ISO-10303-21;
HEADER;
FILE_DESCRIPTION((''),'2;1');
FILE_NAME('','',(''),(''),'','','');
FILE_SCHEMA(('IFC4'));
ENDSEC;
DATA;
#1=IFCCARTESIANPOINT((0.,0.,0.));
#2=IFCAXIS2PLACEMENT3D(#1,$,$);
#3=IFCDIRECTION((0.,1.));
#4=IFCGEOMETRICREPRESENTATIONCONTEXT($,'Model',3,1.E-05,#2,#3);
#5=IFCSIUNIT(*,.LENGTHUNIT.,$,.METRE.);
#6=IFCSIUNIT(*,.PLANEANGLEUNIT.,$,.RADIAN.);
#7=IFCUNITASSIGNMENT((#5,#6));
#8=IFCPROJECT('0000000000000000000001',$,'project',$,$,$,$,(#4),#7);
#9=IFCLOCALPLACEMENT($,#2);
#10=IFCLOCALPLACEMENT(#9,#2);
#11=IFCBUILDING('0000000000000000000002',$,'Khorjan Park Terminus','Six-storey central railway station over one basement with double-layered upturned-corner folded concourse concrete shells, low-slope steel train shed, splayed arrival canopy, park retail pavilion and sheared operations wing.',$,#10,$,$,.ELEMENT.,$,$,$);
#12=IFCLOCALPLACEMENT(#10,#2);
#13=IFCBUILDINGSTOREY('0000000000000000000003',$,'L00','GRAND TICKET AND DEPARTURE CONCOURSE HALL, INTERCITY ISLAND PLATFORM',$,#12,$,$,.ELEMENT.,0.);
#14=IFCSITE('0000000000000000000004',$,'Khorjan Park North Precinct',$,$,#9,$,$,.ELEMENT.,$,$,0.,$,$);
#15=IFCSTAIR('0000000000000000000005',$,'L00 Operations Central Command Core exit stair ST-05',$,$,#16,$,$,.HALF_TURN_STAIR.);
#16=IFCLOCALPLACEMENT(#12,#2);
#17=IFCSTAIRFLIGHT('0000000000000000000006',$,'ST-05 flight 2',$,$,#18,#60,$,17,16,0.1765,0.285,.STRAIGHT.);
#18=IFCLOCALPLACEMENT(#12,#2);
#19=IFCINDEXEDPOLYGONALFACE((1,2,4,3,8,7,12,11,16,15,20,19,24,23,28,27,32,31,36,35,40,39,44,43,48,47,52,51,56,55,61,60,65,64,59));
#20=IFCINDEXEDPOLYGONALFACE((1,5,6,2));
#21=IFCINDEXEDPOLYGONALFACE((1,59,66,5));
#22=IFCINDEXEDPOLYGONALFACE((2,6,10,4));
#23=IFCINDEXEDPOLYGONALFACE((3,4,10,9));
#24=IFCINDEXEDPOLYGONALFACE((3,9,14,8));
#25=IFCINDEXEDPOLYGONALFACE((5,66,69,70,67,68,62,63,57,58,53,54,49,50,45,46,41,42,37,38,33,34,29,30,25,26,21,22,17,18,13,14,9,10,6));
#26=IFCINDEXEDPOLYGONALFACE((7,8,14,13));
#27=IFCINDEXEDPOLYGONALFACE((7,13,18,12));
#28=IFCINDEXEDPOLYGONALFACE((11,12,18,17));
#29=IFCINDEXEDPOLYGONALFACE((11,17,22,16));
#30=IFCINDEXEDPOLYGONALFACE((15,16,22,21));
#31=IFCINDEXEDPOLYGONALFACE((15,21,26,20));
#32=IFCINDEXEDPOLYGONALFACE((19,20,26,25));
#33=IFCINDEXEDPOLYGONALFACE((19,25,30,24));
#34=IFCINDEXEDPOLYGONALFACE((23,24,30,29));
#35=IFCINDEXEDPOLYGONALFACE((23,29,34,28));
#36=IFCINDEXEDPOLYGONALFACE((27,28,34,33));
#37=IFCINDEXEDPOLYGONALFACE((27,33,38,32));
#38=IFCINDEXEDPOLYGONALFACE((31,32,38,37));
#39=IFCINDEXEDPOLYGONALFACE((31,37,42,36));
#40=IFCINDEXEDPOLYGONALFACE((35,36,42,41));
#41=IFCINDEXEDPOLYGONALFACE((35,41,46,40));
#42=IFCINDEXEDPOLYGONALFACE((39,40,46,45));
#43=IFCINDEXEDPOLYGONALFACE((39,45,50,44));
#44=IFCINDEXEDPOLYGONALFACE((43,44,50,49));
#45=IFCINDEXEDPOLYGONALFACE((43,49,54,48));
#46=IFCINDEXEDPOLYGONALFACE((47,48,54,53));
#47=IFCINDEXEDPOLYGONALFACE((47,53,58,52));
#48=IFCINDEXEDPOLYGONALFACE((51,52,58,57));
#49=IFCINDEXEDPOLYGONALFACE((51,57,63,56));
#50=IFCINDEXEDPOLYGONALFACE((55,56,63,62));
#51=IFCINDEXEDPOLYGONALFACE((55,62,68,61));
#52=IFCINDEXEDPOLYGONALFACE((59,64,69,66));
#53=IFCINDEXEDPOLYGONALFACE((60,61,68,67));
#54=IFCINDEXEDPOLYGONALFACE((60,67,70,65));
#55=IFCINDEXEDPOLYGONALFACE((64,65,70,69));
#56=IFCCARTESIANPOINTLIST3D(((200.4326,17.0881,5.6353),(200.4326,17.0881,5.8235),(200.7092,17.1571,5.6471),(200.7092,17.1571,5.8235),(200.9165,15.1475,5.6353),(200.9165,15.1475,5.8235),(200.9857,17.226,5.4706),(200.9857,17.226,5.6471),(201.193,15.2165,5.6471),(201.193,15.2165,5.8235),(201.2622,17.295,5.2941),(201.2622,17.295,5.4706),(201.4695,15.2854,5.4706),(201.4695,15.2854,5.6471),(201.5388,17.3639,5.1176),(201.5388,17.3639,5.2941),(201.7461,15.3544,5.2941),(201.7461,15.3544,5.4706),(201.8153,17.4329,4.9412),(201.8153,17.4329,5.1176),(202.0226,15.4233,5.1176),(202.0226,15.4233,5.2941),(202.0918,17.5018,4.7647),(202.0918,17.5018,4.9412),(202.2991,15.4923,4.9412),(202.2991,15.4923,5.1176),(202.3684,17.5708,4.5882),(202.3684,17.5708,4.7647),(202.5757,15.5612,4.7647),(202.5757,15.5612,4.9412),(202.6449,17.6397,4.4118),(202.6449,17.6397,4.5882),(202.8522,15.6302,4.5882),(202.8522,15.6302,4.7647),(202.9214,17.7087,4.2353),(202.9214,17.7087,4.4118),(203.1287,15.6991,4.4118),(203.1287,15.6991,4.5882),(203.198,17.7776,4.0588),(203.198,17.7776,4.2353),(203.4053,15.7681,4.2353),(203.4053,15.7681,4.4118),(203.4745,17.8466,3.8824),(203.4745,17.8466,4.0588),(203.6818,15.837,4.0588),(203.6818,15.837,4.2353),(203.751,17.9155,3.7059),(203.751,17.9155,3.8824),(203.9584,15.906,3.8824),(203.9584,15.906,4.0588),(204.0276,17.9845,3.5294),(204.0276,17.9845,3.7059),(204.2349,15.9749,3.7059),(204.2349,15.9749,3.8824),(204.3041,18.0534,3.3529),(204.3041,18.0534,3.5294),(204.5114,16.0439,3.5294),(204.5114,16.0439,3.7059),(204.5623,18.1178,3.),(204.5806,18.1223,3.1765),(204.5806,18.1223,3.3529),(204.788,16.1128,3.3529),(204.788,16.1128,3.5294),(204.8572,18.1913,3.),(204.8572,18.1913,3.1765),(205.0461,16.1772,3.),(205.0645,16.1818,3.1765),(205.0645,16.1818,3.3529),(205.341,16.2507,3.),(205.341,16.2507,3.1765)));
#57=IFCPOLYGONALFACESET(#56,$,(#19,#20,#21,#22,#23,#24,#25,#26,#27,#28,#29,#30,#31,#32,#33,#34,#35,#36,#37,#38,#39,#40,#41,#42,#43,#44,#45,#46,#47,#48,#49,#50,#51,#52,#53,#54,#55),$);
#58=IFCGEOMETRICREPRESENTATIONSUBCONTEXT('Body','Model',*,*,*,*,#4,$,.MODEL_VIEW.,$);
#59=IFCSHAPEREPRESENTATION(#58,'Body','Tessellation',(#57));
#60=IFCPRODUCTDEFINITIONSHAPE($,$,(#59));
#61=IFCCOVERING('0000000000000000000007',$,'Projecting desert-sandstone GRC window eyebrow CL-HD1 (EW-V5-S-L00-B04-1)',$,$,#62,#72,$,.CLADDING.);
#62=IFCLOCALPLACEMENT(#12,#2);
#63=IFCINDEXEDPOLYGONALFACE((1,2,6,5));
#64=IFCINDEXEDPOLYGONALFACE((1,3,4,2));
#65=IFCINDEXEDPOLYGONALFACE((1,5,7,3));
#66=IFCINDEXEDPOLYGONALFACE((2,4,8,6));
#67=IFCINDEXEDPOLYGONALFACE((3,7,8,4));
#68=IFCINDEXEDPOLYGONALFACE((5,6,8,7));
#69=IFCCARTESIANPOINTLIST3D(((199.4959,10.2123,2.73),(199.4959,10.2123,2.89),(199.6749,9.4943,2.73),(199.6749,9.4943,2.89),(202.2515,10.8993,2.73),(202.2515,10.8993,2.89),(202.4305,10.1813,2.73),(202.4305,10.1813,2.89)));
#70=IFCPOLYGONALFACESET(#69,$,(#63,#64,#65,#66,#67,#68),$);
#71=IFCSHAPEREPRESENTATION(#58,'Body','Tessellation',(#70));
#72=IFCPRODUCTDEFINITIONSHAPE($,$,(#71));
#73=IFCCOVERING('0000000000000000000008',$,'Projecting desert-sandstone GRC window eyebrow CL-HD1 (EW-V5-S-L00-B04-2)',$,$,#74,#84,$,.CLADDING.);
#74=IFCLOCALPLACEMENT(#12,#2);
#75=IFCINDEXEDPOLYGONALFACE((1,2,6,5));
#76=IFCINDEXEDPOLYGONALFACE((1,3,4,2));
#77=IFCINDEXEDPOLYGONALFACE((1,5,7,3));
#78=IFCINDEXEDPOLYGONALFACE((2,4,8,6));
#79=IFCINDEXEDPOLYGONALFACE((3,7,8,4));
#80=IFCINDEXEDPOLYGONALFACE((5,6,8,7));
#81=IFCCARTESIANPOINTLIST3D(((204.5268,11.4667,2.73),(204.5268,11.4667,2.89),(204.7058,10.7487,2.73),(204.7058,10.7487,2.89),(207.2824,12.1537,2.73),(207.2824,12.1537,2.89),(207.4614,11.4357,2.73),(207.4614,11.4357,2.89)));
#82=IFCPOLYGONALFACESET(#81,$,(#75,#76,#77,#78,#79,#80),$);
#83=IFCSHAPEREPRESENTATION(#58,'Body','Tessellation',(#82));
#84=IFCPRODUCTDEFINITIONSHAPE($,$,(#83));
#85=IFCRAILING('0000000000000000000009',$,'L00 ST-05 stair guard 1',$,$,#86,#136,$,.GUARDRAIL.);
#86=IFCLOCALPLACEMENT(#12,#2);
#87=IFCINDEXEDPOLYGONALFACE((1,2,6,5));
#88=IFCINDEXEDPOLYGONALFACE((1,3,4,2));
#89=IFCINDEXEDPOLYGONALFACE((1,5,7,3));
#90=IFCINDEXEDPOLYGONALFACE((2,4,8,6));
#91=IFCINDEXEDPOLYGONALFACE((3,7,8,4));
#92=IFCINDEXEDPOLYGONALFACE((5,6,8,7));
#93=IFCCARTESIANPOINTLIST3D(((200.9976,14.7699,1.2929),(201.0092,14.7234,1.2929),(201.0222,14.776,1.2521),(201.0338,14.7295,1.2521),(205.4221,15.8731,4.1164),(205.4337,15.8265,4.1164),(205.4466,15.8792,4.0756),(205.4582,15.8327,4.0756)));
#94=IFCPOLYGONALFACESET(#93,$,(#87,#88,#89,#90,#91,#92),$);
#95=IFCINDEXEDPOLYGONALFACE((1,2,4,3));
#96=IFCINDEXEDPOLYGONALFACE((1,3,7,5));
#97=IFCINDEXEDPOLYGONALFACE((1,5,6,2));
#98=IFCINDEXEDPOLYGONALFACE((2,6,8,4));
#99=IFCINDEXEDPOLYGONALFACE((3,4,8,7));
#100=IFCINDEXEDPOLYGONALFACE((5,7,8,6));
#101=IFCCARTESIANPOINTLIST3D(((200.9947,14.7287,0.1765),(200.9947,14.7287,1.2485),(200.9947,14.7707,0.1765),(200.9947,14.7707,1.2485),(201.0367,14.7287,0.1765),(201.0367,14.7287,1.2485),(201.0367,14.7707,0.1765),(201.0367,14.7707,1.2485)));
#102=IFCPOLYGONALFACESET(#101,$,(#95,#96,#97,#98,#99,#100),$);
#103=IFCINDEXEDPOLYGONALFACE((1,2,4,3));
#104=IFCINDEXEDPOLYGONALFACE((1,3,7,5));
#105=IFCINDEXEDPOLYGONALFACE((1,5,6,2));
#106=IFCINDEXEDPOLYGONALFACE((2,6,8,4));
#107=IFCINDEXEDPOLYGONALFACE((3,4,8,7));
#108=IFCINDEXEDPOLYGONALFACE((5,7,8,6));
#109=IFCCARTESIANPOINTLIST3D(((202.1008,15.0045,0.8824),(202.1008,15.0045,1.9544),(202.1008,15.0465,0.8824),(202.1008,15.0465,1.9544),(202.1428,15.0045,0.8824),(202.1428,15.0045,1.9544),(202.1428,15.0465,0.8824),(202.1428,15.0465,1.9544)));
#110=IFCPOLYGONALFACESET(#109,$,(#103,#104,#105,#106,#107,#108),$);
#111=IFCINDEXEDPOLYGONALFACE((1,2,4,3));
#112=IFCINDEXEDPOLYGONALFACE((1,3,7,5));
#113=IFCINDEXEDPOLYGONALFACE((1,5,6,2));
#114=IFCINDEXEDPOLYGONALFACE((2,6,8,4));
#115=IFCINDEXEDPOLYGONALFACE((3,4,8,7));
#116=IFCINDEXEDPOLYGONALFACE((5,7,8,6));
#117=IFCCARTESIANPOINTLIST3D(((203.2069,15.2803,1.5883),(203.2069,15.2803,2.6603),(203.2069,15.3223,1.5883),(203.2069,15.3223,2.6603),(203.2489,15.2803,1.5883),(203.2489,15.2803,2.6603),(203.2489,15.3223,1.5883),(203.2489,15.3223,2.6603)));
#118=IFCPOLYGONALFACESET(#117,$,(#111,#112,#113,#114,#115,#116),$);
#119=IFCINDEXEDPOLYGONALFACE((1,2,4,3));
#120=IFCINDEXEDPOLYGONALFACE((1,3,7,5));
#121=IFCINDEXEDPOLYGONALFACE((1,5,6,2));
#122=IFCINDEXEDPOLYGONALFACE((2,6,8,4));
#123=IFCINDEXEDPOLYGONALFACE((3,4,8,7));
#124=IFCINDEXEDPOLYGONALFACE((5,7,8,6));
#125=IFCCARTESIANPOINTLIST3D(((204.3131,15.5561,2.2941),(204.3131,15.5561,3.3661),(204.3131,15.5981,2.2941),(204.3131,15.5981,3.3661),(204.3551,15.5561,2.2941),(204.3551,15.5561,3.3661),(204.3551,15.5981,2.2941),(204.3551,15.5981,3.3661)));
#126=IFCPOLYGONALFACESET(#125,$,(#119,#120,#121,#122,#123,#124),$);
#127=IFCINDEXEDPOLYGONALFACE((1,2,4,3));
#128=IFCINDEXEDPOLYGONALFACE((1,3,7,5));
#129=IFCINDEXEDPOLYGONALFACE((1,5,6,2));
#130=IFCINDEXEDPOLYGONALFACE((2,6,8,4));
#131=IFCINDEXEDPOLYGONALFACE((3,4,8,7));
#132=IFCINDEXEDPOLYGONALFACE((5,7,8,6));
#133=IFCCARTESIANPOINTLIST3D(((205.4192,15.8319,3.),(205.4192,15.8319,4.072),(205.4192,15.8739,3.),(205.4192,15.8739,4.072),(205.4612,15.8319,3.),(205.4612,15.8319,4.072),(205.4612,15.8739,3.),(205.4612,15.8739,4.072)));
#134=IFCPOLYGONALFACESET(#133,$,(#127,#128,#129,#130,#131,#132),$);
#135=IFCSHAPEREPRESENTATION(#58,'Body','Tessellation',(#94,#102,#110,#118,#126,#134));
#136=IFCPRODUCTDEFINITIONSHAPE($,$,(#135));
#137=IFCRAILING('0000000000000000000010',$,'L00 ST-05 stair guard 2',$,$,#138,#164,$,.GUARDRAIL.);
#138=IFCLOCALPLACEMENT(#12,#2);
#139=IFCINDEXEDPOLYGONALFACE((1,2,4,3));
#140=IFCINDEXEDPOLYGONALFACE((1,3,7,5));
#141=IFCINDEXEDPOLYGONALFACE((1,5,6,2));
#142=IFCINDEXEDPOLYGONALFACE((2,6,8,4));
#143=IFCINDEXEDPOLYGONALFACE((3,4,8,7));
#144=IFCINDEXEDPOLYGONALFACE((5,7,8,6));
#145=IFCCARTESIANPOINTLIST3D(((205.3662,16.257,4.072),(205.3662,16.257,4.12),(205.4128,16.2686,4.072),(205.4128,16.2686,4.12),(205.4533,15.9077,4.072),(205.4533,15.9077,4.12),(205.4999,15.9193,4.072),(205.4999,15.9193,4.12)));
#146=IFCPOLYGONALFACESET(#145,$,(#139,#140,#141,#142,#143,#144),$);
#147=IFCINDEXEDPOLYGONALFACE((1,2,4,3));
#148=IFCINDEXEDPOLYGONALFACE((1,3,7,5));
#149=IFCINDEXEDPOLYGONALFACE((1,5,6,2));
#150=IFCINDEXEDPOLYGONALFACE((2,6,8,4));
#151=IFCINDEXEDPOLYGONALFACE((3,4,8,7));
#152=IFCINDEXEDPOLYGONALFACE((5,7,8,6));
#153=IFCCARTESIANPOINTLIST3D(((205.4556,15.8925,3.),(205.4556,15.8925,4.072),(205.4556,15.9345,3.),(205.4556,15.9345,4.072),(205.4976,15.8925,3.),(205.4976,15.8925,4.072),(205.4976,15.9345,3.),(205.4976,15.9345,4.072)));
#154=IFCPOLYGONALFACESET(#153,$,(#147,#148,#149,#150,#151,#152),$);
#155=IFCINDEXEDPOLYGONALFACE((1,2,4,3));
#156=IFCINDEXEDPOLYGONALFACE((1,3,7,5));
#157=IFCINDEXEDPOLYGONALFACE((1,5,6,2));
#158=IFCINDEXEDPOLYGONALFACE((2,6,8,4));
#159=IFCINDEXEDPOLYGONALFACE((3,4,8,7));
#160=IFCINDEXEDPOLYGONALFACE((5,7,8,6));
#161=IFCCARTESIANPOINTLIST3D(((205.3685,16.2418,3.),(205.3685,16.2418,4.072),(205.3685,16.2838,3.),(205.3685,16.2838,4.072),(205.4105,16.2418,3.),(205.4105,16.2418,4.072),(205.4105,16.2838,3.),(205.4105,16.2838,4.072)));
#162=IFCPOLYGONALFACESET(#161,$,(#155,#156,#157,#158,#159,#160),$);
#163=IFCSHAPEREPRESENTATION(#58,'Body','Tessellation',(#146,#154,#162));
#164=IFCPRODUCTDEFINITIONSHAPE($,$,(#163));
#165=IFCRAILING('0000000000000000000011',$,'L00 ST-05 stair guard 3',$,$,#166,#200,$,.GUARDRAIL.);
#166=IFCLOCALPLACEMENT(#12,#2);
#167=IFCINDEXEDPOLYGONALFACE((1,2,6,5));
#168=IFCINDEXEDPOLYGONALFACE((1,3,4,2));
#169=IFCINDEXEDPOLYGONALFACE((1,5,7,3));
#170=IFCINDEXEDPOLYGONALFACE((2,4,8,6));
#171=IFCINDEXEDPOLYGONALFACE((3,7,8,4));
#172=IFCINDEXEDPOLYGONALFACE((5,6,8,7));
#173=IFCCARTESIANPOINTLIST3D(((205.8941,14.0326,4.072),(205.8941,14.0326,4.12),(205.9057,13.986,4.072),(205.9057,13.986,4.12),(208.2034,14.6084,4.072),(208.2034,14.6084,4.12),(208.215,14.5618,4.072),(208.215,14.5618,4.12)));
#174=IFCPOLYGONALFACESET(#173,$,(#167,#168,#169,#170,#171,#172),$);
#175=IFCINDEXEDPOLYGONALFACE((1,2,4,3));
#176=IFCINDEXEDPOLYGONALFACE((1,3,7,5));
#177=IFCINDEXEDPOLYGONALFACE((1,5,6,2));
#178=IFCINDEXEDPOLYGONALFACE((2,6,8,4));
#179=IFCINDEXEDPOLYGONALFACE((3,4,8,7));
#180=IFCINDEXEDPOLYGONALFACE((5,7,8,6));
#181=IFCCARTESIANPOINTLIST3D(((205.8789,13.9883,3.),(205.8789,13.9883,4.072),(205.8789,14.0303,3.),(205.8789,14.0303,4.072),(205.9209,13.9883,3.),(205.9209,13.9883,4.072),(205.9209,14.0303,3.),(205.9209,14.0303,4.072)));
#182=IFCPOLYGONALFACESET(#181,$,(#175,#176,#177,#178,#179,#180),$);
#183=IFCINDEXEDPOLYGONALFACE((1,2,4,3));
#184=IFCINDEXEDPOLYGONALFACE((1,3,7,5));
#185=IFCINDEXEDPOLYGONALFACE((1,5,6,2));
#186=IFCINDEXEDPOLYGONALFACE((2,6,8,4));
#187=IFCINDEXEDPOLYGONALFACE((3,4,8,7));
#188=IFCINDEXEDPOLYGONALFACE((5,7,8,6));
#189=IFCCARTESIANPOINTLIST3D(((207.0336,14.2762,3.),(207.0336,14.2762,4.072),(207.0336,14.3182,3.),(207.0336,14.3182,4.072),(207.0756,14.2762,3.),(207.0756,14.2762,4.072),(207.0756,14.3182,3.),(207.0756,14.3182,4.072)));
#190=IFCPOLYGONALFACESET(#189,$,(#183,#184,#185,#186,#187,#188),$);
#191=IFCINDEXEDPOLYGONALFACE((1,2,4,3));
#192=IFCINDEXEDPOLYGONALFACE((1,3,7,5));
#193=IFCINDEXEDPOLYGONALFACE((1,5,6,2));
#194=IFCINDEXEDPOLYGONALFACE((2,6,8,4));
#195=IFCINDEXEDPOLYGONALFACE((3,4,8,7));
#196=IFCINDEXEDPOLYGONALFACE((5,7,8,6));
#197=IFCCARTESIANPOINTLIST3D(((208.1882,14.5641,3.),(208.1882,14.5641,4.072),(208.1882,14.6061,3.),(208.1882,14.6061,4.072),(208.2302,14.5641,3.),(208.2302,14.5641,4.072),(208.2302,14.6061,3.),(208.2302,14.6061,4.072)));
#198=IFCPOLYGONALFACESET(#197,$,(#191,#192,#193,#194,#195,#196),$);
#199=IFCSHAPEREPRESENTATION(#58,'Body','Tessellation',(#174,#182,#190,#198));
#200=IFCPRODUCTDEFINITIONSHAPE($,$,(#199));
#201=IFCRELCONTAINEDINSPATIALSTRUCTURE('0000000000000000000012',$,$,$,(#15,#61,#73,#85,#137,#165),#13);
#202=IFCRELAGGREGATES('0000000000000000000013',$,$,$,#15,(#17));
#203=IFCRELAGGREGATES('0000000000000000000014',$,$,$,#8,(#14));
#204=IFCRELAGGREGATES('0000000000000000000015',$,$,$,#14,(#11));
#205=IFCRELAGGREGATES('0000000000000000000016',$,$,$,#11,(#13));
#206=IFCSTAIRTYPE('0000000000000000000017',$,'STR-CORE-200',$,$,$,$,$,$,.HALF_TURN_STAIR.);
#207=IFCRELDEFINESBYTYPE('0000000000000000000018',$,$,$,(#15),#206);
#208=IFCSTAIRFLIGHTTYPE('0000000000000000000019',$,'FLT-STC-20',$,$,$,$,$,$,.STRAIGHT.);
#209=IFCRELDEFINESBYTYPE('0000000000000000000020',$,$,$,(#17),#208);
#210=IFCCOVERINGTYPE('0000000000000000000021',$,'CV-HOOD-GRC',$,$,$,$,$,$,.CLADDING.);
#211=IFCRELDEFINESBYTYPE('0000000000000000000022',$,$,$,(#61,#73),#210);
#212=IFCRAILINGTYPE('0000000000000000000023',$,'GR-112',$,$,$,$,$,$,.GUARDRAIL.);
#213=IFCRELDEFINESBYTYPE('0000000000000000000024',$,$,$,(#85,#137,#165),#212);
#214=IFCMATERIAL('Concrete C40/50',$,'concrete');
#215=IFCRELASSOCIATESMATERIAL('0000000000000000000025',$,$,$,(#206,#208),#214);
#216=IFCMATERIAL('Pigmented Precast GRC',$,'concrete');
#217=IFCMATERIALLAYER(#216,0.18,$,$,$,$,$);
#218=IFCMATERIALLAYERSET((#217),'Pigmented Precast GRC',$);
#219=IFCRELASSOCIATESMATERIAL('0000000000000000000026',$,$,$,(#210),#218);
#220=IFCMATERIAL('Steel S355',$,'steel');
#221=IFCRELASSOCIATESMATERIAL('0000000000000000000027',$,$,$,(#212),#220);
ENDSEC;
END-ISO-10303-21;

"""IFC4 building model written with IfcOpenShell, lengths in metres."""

from ifc_helpers import new_model, si_unit, direction, frame, origin, origin_2d, place, context, subcontext, project, spatial, polyline, rectangle, outline, extrude, material, layer, layer_set, type_object, element, aggregate, save


model = new_model("IFC4")

# Units and contexts
model_context = context("Model", 3, precision=1e-05, world=origin(), true_north=direction((0.0, 1.0)))
body_context = subcontext(model_context, "Body", "Model", "MODEL_VIEW")
ifc_project = project(units=[si_unit("LENGTHUNIT", "METRE"), si_unit("PLANEANGLEUNIT", "RADIAN")], contexts=[model_context])

# Site, building, storey
site_placement = place(None, origin())
site = spatial("IfcSite", under=ifc_project, at=site_placement, Name="Khorjan Park North Precinct", CompositionType="ELEMENT", RefElevation=0.0)
building_placement = place(site_placement, origin())
building = spatial("IfcBuilding", under=site, at=building_placement, Name="Khorjan Park Terminus", Description="Six-storey central railway station over one basement with double-layered upturned-corner folded concourse concrete shells, low-slope steel train shed, splayed arrival canopy, park retail pavilion and sheared operations wing.", CompositionType="ELEMENT")
storey_placement = place(building_placement, origin())
storey = spatial("IfcBuildingStorey", under=building, at=storey_placement, Name="L00", Description="GRAND TICKET AND DEPARTURE CONCOURSE HALL, INTERCITY ISLAND PLATFORM", CompositionType="ELEMENT", Elevation=0.0)

# Shared definitions
ifc_material_1 = material(Name="Steel S355", Category="steel")

# Shared definitions
ifc_material_2 = material(Name="Concrete C40/50", Category="concrete")

# Stair, stair flight
stair_type = type_object("IfcStairType", Name="STR-CORE-200", PredefinedType="HALF_TURN_STAIR", material=ifc_material_2)
stair_placement = place(storey_placement, origin())
stair = element("IfcStair", 1, at=stair_placement, inside=storey, type_object=stair_type, Name="L00 Operations Central Command Core exit stair ST-05", PredefinedType="HALF_TURN_STAIR")
stair_flight_type = type_object("IfcStairFlightType", Name="FLT-STC-20", PredefinedType="STRAIGHT", material=ifc_material_2)
stair_flight_1_placement = place(storey_placement, frame((205.0991, 17.221, 3.0), z_axis=(0.0, 0.0, 1.0), x_axis=(-0.970296, -0.241922, 0.0)))
stair_flight_1 = element("IfcStairFlight", 2, at=stair_flight_1_placement, type_object=stair_flight_type, Name="ST-05 flight 2", NumberOfRisers=17, NumberOfTreads=16, PredefinedType="STRAIGHT", RiserHeight=0.1765, TreadLength=0.285, context=body_context, shape_type="SweptSolid", body=[
    extrude(outline(polyline([(0.0, 0.0), (0.0, 0.1765), (0.285, 0.1765), (0.285, 0.3529), (0.57, 0.3529), (0.57, 0.5294), (0.855, 0.5294), (0.855, 0.7059), (1.14, 0.7059), (1.14, 0.8824), (1.425, 0.8824), (1.425, 1.0588), (1.71, 1.0588), (1.71, 1.2353), (1.995, 1.2353), (1.995, 1.4118), (2.28, 1.4118), (2.28, 1.5882), (2.565, 1.5882), (2.565, 1.7647), (2.85, 1.7647), (2.85, 1.9412), (3.135, 1.9412), (3.135, 2.1176), (3.42, 2.1176), (3.42, 2.2941), (3.705, 2.2941), (3.705, 2.4706), (3.99, 2.4706), (3.99, 2.6471), (4.275, 2.6471), (4.275, 2.8235), (4.56, 2.8235), (4.56, 3.0), (4.56, 2.6353), (0.3039, 0.0), (0.0, 0.0)])), frame((0.0, 1.0, 0.0), z_axis=(0.0, -1.0, 0.0), x_axis=(1.0, 0.0, 0.0)), (0.0, 0.0, 1.0), 2.0),
])
aggregate(stair, [stair_flight_1])

# Coverings
ifc_material_3 = material(Name="Pigmented Precast GRC", Category="concrete")
ifc_layer_1 = layer(ifc_material_3, 0.18)
ifc_layer_set_1 = layer_set([ifc_layer_1], Name="Pigmented Precast GRC")
covering_type = type_object("IfcCoveringType", Name="CV-HOOD-GRC", PredefinedType="CLADDING", material=ifc_layer_set_1)
for number, where, z_axis, x_axis, name in (
    (3, (200.9632, 10.1968, 2.73), (0.0, 0.0, 1.0), (0.970294, 0.24193, 0.0), "Projecting desert-sandstone GRC window eyebrow CL-HD1 (EW-V5-S-L00-B04-1)"),
    (4, (205.9941, 11.4512, 2.73), (0.0, 0.0, 1.0), (0.970294, 0.24193, 0.0), "Projecting desert-sandstone GRC window eyebrow CL-HD1 (EW-V5-S-L00-B04-2)"),
):
    element("IfcCovering", number, at=place(storey_placement, frame(where, z_axis=z_axis, x_axis=x_axis)), inside=storey, type_object=covering_type, Name=name, PredefinedType="CLADDING", context=body_context, shape_type="SweptSolid", body=[
        extrude(rectangle(XDim=2.84, YDim=0.74, at=origin_2d()), origin(), (0.0, 0.0, 1.0), 0.16),
    ])

# Railings
railing_type_1 = type_object("IfcRailingType", Name="GR-112", PredefinedType="GUARDRAIL", material=ifc_material_1)
railing_1_placement = place(storey_placement, frame((201.0157, 14.7497, 0.1765)))
element("IfcRailing", 5, at=railing_1_placement, inside=storey, type_object=railing_type_1, Name="L00 ST-05 stair guard 1", PredefinedType="GUARDRAIL", context=body_context, shape_type="SweptSolid", body=[
    extrude(rectangle(XDim=0.048, YDim=0.048, at=origin_2d()), frame((0.0, 0.0, 1.096), z_axis=(0.824953, 0.205693, 0.526444), x_axis=(-0.241932, 0.970293, 0.0)), (0.0, 0.0, 1.0), 5.3633),
    extrude(rectangle(XDim=0.042, YDim=0.042, at=origin_2d()), origin(), (0.0, 0.0, 1.0), 1.072),
    extrude(rectangle(XDim=0.042, YDim=0.042, at=origin_2d()), frame((1.1061, 0.2758, 0.7059)), (0.0, 0.0, 1.0), 1.072),
    extrude(rectangle(XDim=0.042, YDim=0.042, at=origin_2d()), frame((2.2122, 0.5516, 1.4118)), (0.0, 0.0, 1.0), 1.072),
    extrude(rectangle(XDim=0.042, YDim=0.042, at=origin_2d()), frame((3.3184, 0.8274, 2.1176)), (0.0, 0.0, 1.0), 1.072),
    extrude(rectangle(XDim=0.042, YDim=0.042, at=origin_2d()), frame((4.4245, 1.1032, 2.8235)), (0.0, 0.0, 1.0), 1.072),
])
railing_2_placement = place(storey_placement, frame((205.4766, 15.9135, 3.0)))
element("IfcRailing", 6, at=railing_2_placement, inside=storey, type_object=railing_type_1, Name="L00 ST-05 stair guard 2", PredefinedType="GUARDRAIL", context=body_context, shape_type="SweptSolid", body=[
    extrude(rectangle(XDim=0.048, YDim=0.048, at=origin_2d()), frame((0.0, 0.0, 1.096), z_axis=(-0.241947, 0.970289, 0.0), x_axis=(-0.970289, -0.241947, 0.0)), (0.0, 0.0, 1.0), 0.36),
    extrude(rectangle(XDim=0.042, YDim=0.042, at=origin_2d()), origin(), (0.0, 0.0, 1.0), 1.072),
    extrude(rectangle(XDim=0.042, YDim=0.042, at=origin_2d()), frame((-0.0871, 0.3493, 0.0)), (0.0, 0.0, 1.0), 1.072),
])
railing_3_placement = place(storey_placement, frame((205.8999, 14.0093, 3.0)))
element("IfcRailing", 7, at=railing_3_placement, inside=storey, type_object=railing_type_1, Name="L00 ST-05 stair guard 3", PredefinedType="GUARDRAIL", context=body_context, shape_type="SweptSolid", body=[
    extrude(rectangle(XDim=0.048, YDim=0.048, at=origin_2d()), frame((0.0, 0.0, 1.096), z_axis=(0.970293, 0.241933, 0.0), x_axis=(-0.241933, 0.970293, 0.0)), (0.0, 0.0, 1.0), 2.38),
    extrude(rectangle(XDim=0.042, YDim=0.042, at=origin_2d()), origin(), (0.0, 0.0, 1.0), 1.072),
    extrude(rectangle(XDim=0.042, YDim=0.042, at=origin_2d()), frame((1.1547, 0.2879, 0.0)), (0.0, 0.0, 1.0), 1.072),
    extrude(rectangle(XDim=0.042, YDim=0.042, at=origin_2d()), frame((2.3093, 0.5758, 0.0)), (0.0, 0.0, 1.0), 1.072),
])

save(model, "model.ifc")
